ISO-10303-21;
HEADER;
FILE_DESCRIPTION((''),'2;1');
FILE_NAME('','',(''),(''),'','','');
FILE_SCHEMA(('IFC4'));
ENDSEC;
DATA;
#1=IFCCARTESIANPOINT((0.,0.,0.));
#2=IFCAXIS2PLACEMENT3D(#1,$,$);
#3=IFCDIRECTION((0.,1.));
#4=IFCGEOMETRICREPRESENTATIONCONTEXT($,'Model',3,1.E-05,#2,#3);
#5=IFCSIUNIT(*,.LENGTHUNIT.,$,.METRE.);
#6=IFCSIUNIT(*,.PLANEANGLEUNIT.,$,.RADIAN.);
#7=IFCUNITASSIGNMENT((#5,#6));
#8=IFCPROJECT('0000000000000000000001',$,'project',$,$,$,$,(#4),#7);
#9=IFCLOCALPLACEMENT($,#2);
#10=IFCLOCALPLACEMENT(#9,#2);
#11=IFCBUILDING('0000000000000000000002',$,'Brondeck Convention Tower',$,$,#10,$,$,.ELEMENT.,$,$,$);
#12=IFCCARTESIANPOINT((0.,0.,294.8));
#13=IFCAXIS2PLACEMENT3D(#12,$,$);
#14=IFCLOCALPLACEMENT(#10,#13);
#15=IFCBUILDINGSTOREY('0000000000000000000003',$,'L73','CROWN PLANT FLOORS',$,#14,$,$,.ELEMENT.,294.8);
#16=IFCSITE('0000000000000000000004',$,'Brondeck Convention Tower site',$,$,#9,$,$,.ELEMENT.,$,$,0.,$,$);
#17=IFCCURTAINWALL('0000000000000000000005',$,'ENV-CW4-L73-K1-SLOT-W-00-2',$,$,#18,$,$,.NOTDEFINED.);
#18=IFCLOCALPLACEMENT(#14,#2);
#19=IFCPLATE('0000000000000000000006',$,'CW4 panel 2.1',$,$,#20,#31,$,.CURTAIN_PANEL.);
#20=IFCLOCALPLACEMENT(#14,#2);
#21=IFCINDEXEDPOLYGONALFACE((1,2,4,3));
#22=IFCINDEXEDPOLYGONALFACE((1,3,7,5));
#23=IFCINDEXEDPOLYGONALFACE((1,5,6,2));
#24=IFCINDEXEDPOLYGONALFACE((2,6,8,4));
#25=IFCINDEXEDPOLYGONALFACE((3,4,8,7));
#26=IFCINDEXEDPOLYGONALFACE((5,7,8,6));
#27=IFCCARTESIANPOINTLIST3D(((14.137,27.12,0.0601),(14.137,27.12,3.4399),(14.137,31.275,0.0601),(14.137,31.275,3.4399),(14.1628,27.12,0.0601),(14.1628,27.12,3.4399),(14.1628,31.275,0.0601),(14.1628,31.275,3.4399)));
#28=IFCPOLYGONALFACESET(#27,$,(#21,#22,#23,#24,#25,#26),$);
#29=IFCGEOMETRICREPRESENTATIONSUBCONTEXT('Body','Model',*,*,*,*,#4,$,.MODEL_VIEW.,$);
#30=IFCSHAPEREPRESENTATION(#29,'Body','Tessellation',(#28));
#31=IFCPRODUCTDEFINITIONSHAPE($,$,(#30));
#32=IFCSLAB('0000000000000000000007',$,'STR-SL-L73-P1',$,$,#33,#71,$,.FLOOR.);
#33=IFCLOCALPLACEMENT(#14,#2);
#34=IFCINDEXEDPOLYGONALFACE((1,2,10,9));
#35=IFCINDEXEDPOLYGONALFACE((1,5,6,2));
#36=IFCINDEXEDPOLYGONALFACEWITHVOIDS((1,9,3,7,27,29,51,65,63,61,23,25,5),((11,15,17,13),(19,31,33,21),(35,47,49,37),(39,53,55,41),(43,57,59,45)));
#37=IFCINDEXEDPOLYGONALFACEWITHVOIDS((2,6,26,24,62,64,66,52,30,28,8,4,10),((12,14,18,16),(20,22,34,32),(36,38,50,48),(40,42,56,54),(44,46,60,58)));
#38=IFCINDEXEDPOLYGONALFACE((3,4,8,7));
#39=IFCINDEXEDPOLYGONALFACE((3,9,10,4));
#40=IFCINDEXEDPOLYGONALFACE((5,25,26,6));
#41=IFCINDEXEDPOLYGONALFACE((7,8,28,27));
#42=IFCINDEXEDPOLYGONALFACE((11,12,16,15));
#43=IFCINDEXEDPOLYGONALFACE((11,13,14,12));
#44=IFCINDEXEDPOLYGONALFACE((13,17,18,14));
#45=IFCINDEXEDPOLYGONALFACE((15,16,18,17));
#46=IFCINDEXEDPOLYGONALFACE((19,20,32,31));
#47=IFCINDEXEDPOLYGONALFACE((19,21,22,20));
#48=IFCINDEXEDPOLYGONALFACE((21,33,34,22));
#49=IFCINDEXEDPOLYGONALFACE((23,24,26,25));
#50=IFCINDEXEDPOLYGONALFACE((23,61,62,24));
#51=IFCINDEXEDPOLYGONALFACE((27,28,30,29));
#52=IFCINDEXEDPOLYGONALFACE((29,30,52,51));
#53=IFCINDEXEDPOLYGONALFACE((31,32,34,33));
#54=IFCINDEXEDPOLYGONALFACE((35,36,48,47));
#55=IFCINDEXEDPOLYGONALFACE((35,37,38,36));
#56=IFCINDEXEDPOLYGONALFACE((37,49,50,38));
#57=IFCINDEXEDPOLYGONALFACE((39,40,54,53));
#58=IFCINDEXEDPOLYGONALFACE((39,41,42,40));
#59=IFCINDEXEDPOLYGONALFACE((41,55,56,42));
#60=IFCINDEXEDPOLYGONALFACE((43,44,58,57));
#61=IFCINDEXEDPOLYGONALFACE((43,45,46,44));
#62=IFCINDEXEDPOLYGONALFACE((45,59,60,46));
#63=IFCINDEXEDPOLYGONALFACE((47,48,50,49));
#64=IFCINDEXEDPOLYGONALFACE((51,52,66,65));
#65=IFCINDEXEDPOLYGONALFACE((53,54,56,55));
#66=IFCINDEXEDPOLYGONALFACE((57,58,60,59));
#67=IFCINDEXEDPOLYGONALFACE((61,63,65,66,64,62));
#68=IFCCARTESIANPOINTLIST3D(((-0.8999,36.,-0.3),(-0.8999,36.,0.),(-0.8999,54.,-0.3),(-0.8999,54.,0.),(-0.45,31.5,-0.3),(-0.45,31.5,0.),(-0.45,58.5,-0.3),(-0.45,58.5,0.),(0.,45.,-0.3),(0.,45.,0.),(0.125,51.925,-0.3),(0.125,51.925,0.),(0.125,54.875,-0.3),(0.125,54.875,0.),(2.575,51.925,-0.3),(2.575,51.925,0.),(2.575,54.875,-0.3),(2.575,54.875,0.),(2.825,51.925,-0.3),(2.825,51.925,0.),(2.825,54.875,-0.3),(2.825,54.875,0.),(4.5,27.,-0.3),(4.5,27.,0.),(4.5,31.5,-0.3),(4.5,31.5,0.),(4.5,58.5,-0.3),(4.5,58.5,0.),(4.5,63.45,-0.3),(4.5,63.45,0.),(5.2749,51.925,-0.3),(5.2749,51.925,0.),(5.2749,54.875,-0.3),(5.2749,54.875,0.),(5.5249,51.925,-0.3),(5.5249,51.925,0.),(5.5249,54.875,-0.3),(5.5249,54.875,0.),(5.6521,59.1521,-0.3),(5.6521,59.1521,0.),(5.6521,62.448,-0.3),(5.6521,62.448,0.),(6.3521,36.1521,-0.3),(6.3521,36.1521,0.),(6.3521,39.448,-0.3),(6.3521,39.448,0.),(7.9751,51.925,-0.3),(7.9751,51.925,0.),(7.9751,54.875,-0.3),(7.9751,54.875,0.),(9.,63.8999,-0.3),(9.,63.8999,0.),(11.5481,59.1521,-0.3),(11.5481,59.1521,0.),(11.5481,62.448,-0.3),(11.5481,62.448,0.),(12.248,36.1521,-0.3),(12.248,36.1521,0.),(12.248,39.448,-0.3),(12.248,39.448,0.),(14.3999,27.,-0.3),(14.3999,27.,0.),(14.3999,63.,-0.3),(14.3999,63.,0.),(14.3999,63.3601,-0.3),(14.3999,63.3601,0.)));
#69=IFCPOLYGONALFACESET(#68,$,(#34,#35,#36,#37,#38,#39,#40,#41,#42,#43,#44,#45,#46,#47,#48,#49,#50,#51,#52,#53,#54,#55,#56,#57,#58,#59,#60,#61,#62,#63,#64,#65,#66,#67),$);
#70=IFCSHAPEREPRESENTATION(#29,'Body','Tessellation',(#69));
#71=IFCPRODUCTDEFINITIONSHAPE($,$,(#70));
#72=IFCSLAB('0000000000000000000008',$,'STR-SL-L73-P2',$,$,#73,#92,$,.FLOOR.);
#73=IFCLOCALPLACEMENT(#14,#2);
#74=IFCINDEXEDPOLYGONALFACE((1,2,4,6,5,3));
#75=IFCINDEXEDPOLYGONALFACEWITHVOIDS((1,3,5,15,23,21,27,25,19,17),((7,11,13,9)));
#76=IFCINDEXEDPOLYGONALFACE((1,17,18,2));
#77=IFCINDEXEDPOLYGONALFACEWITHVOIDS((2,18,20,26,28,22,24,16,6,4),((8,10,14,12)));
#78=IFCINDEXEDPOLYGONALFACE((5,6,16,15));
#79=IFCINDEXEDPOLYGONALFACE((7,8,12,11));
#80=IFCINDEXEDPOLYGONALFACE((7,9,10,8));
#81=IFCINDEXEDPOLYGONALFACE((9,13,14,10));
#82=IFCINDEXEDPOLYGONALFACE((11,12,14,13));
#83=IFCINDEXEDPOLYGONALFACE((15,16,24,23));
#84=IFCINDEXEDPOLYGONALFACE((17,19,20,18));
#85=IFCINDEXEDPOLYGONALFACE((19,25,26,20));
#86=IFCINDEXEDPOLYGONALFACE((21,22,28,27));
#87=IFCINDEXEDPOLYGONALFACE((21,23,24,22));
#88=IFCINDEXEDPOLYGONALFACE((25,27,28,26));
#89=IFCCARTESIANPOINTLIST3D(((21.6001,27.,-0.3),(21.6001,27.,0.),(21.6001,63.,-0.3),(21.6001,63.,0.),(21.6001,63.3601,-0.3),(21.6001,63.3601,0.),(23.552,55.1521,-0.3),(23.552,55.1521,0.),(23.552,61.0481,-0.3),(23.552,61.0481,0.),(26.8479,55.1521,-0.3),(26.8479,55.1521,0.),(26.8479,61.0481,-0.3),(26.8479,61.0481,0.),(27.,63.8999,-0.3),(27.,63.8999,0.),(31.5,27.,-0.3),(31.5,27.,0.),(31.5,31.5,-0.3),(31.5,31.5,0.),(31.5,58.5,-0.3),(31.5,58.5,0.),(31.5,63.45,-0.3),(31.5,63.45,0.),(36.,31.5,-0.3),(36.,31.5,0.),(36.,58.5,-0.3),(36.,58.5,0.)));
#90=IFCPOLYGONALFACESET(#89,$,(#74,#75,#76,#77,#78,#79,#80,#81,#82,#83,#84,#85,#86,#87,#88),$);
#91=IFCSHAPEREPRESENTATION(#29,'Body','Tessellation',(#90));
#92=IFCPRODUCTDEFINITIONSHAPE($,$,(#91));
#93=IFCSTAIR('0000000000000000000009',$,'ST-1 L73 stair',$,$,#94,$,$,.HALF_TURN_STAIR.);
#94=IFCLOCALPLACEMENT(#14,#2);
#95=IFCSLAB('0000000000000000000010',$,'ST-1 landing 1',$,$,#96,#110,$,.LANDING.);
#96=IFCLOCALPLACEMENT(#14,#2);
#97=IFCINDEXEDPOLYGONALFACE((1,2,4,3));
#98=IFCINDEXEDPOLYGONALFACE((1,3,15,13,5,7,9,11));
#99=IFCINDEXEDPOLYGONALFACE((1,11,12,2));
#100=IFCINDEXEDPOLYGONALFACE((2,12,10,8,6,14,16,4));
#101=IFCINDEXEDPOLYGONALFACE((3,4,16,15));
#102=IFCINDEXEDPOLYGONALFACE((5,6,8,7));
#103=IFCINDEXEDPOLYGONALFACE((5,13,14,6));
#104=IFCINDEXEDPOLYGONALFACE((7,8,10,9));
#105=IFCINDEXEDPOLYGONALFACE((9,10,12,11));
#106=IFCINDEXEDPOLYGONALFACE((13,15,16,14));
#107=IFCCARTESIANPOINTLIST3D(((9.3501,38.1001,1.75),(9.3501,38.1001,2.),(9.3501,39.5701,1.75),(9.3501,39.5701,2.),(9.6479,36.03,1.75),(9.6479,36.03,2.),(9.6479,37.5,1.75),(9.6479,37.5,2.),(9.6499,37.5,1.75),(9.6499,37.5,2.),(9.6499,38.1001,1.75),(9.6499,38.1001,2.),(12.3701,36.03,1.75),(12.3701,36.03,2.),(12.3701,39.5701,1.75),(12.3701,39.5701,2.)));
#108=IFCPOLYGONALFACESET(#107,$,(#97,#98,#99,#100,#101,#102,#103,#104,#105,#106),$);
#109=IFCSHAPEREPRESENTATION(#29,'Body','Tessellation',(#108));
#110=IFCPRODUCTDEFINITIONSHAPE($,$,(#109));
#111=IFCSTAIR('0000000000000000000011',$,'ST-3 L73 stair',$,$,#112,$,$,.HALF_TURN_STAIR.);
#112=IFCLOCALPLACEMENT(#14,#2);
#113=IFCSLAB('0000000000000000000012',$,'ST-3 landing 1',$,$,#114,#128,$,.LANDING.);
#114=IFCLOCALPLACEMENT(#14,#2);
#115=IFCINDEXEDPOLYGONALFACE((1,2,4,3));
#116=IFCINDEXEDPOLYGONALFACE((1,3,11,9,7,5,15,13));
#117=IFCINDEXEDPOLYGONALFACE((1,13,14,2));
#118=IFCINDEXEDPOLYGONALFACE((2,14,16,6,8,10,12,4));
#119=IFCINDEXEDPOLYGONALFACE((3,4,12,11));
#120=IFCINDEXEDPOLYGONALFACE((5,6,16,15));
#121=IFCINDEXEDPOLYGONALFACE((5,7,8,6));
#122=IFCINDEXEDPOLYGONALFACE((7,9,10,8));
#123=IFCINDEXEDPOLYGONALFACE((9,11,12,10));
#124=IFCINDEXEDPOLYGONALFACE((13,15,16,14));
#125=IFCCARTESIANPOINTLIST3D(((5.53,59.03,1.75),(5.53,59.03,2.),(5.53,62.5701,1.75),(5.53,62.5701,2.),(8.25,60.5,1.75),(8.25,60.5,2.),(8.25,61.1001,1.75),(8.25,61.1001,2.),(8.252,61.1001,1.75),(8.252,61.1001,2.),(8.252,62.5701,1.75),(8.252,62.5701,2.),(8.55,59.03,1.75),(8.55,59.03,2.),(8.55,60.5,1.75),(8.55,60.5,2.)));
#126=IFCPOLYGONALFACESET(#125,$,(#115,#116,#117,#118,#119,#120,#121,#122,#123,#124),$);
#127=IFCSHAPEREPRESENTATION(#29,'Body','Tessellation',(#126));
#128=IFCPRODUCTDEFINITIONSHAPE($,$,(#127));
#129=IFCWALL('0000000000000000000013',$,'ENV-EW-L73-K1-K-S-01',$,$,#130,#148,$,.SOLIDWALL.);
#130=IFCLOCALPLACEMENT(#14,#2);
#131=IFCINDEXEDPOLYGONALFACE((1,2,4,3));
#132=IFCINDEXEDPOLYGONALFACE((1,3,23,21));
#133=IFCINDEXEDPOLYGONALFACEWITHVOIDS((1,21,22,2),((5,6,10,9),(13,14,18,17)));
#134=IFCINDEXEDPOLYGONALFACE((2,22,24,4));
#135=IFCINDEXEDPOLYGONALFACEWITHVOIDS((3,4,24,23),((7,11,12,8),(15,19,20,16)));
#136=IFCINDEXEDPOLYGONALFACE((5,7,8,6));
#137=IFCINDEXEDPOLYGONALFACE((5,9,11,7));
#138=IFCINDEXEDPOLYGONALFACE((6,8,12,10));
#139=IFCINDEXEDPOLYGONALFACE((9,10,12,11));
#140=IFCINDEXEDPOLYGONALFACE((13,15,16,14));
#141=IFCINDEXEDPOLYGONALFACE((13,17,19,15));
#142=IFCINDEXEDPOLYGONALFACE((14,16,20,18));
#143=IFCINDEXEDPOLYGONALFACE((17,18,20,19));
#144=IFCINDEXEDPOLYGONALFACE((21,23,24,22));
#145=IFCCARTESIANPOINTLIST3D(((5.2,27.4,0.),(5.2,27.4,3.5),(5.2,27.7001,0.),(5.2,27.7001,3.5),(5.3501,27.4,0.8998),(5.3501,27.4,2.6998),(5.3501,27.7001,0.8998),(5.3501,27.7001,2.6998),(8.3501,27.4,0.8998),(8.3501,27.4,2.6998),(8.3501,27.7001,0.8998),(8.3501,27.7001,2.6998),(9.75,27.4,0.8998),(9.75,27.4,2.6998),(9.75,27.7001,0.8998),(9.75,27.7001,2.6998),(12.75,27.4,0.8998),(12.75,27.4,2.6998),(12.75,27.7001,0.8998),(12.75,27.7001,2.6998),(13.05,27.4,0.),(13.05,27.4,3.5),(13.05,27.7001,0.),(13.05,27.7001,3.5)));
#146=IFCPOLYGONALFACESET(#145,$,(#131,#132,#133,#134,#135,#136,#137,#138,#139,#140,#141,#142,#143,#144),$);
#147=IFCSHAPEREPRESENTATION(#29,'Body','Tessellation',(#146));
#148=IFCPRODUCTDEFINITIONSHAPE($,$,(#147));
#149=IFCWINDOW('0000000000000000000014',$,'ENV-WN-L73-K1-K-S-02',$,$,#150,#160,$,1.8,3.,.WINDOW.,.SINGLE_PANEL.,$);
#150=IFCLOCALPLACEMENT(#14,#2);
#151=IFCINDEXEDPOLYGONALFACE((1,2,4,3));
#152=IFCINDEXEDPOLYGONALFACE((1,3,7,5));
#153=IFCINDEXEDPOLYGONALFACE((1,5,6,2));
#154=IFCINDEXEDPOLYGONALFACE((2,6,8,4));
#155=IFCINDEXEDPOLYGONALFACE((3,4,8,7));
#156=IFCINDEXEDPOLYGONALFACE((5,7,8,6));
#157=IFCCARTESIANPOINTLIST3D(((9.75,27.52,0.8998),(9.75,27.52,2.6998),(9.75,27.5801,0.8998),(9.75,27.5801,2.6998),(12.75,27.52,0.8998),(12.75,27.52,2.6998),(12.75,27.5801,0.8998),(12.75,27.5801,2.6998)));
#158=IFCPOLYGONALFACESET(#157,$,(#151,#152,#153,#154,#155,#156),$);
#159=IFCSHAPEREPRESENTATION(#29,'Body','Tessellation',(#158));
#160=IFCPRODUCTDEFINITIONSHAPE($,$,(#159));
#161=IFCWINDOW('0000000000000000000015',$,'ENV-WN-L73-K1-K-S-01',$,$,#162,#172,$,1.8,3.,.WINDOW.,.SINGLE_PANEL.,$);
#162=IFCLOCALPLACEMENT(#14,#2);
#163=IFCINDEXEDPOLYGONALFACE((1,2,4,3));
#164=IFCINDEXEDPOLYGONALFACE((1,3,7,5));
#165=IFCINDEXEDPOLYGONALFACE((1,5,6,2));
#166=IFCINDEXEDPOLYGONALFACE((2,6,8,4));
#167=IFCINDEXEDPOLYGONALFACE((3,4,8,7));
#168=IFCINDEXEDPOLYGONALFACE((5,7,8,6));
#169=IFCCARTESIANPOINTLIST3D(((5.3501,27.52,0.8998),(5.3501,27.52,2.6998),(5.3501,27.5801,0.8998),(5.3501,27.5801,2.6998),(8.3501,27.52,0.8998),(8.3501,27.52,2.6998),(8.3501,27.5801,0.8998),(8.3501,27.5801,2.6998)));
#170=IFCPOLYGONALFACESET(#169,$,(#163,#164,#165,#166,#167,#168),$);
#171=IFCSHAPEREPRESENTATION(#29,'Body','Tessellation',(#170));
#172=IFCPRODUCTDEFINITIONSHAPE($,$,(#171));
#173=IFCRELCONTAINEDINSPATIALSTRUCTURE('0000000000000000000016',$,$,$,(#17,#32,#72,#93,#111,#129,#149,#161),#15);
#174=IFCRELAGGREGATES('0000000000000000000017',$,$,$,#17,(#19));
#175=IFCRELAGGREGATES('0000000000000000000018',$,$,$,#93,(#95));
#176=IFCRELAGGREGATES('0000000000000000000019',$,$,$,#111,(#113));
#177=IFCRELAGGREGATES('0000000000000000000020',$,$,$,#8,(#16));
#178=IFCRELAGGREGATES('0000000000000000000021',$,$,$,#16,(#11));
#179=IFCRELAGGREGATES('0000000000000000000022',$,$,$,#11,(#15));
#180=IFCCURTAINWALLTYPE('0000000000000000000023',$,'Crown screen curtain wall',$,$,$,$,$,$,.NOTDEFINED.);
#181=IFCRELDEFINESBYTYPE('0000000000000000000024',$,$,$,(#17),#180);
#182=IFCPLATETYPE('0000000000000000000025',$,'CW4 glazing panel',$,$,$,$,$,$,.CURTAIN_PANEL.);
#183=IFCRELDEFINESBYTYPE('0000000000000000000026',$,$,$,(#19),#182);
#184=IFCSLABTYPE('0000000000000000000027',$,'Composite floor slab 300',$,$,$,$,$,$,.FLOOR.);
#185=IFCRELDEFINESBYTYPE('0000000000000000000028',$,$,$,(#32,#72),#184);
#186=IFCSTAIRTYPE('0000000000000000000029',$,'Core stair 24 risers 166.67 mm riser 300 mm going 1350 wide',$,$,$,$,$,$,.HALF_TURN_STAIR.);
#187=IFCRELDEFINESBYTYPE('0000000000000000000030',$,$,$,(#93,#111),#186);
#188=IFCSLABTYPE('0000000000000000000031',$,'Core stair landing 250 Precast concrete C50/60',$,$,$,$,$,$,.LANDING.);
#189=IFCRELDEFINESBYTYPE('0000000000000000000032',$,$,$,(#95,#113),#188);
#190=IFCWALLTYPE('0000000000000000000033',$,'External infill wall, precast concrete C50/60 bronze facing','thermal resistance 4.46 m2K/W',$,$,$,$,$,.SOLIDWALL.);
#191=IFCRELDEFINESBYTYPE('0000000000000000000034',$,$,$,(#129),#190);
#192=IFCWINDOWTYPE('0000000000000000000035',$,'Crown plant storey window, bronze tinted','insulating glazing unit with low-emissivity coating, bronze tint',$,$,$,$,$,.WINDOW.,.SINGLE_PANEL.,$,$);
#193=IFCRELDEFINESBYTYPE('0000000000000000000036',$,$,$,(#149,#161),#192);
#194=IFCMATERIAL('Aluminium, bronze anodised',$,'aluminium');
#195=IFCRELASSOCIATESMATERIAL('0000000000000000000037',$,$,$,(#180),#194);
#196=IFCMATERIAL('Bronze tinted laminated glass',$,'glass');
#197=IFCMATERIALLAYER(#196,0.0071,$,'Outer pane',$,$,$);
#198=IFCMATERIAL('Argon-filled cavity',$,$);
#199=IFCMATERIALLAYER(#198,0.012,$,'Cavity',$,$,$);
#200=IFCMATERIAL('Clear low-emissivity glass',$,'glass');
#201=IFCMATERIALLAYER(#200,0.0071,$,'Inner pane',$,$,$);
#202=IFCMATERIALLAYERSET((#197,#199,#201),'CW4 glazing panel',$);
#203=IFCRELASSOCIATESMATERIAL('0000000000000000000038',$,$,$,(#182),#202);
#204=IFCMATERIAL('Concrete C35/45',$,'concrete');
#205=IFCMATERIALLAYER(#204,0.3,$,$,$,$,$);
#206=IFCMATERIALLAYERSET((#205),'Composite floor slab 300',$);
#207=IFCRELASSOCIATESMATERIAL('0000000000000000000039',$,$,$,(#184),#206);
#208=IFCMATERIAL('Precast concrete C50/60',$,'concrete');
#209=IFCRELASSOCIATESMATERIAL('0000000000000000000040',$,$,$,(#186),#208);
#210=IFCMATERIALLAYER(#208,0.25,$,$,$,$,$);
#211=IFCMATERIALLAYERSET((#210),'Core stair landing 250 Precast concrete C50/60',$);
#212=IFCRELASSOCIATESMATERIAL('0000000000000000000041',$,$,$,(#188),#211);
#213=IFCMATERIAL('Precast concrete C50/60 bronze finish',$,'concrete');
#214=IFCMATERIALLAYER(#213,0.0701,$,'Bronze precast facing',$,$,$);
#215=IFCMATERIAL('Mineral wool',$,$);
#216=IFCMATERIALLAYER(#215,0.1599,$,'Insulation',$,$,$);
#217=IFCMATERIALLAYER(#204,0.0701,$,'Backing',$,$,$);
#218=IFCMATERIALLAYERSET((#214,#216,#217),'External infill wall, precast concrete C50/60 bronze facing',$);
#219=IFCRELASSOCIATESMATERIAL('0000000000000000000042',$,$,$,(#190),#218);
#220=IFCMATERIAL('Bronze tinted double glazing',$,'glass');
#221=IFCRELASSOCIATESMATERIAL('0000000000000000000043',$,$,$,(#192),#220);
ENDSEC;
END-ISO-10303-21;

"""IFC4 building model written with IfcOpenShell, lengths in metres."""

from ifc_helpers import new_model, si_unit, direction, frame, frame_2d, origin, origin_2d, place, context, subcontext, project, spatial, polyline, rectangle, outline, extrude, material, layer, layer_set, type_object, element, fill, aggregate, save


model = new_model("IFC4")

# Units and contexts
model_context = context("Model", 3, precision=1e-05, world=origin(), true_north=direction((0.0, 1.0)))
body_context = subcontext(model_context, "Body", "Model", "MODEL_VIEW")
ifc_project = project(units=[si_unit("LENGTHUNIT", "METRE"), si_unit("PLANEANGLEUNIT", "RADIAN")], contexts=[model_context])

# Site, building, storey
site_placement = place(None, origin())
site = spatial("IfcSite", under=ifc_project, at=site_placement, Name="Brondeck Convention Tower site", CompositionType="ELEMENT", RefElevation=0.0)
building_placement = place(site_placement, origin())
building = spatial("IfcBuilding", under=site, at=building_placement, Name="Brondeck Convention Tower", CompositionType="ELEMENT")
storey_placement = place(building_placement, frame((0.0, 0.0, 294.8)))
storey = spatial("IfcBuildingStorey", under=building, at=storey_placement, Name="L73", Description="CROWN PLANT FLOORS", CompositionType="ELEMENT", Elevation=294.8)

# Curtain wall
ifc_material_1 = material(Name="Aluminium, bronze anodised", Category="aluminium")
curtain_wall_type = type_object("IfcCurtainWallType", Name="Crown screen curtain wall", PredefinedType="NOTDEFINED", material=ifc_material_1)
curtain_wall_1_placement = place(storey_placement, origin())
curtain_wall_1 = element("IfcCurtainWall", 1, at=curtain_wall_1_placement, inside=storey, type_object=curtain_wall_type, Name="ENV-CW4-L73-K1-SLOT-W-00-2", PredefinedType="NOTDEFINED")

# Plate
ifc_material_2 = material(Name="Bronze tinted laminated glass", Category="glass")
ifc_layer_1 = layer(ifc_material_2, 0.0071, Name="Outer pane")
ifc_material_3 = material(Name="Argon-filled cavity")
ifc_layer_2 = layer(ifc_material_3, 0.012, Name="Cavity")
ifc_material_4 = material(Name="Clear low-emissivity glass", Category="glass")
ifc_layer_3 = layer(ifc_material_4, 0.0071, Name="Inner pane")
ifc_layer_set_1 = layer_set([ifc_layer_1, ifc_layer_2, ifc_layer_3], Name="CW4 glazing panel")
plate_type = type_object("IfcPlateType", Name="CW4 glazing panel", PredefinedType="CURTAIN_PANEL", material=ifc_layer_set_1)
plate_1_placement = place(storey_placement, frame((14.1499, 29.1975, 0.0601), z_axis=(0.0, 0.0, 1.0), x_axis=(0.0, -1.0, 0.0)))
plate_1 = element("IfcPlate", 2, at=plate_1_placement, type_object=plate_type, Name="CW4 panel 2.1", PredefinedType="CURTAIN_PANEL", context=body_context, shape_type="SweptSolid", body=[
    extrude(rectangle(XDim=4.155, YDim=0.0259, at=origin_2d()), origin(), (0.0, 0.0, 1.0), 3.3799),
])
aggregate(curtain_wall_1, [plate_1])

# Slabs
ifc_material_5 = material(Name="Concrete C35/45", Category="concrete")
ifc_layer_4 = layer(ifc_material_5, 0.3)
ifc_layer_set_2 = layer_set([ifc_layer_4], Name="Composite floor slab 300")
slab_type_1 = type_object("IfcSlabType", Name="Composite floor slab 300", PredefinedType="FLOOR", material=ifc_layer_set_2)
slab_1_placement = place(storey_placement, frame((0.0, 0.0, -0.3)))
element("IfcSlab", 3, at=slab_1_placement, inside=storey, type_object=slab_type_1, Name="STR-SL-L73-P1", PredefinedType="FLOOR", context=body_context, shape_type="SweptSolid", body=[
    extrude(outline(polyline([(4.5, 31.5), (-0.45, 31.5), (-0.8999, 36.0), (0.0, 45.0), (-0.8999, 54.0), (-0.45, 58.5), (4.5, 58.5), (4.5, 63.45), (9.0, 63.8999), (14.3999, 63.3601), (14.3999, 63.0), (14.3999, 27.0), (4.5, 27.0), (4.5, 31.5)]), holes=[polyline([(6.3521, 39.448), (6.3521, 36.1521), (12.248, 36.1521), (12.248, 39.448), (6.3521, 39.448)]), polyline([(2.575, 54.875), (0.125, 54.875), (0.125, 51.925), (2.575, 51.925), (2.575, 54.875)]), polyline([(5.2749, 54.875), (2.825, 54.875), (2.825, 51.925), (5.2749, 51.925), (5.2749, 54.875)]), polyline([(5.5249, 54.875), (5.5249, 51.925), (7.9751, 51.925), (7.9751, 54.875), (5.5249, 54.875)]), polyline([(5.6521, 59.1521), (11.5481, 59.1521), (11.5481, 62.448), (5.6521, 62.448), (5.6521, 59.1521)])]), origin(), (0.0, 0.0, 1.0), 0.3),
])
slab_2_placement = place(storey_placement, frame((0.0, 0.0, -0.3)))
element("IfcSlab", 4, at=slab_2_placement, inside=storey, type_object=slab_type_1, Name="STR-SL-L73-P2", PredefinedType="FLOOR", context=body_context, shape_type="SweptSolid", body=[
    extrude(outline(polyline([(21.6001, 63.0), (21.6001, 63.3601), (27.0, 63.8999), (31.5, 63.45), (31.5, 58.5), (36.0, 58.5), (36.0, 31.5), (31.5, 31.5), (31.5, 27.0), (21.6001, 27.0), (21.6001, 63.0)]), holes=[polyline([(26.8479, 55.1521), (26.8479, 61.0481), (23.552, 61.0481), (23.552, 55.1521), (26.8479, 55.1521)])]), origin(), (0.0, 0.0, 1.0), 0.3),
])

# Stairs, slabs
ifc_material_6 = material(Name="Precast concrete C50/60", Category="concrete")
stair_type = type_object("IfcStairType", Name="Core stair 24 risers 166.67 mm riser 300 mm going 1350 wide", PredefinedType="HALF_TURN_STAIR", material=ifc_material_6)
stair_1_placement = place(storey_placement, origin())
stair_1 = element("IfcStair", 5, at=stair_1_placement, inside=storey, type_object=stair_type, Name="ST-1 L73 stair", PredefinedType="HALF_TURN_STAIR")
ifc_layer_5 = layer(ifc_material_6, 0.25)
ifc_layer_set_3 = layer_set([ifc_layer_5], Name="Core stair landing 250 Precast concrete C50/60")
slab_type_2 = type_object("IfcSlabType", Name="Core stair landing 250 Precast concrete C50/60", PredefinedType="LANDING", material=ifc_layer_set_3)
slab_3_placement = place(storey_placement, frame((0.0, 0.0, 1.75)))
slab_3 = element("IfcSlab", 6, at=slab_3_placement, type_object=slab_type_2, Name="ST-1 landing 1", PredefinedType="LANDING", context=body_context, shape_type="SweptSolid", body=[
    extrude(outline(polyline([(9.6479, 37.5), (9.6499, 37.5), (9.6499, 38.1001), (9.3501, 38.1001), (9.3501, 39.5701), (12.3701, 39.5701), (12.3701, 36.03), (9.6479, 36.03), (9.6479, 37.5)])), origin(), (0.0, 0.0, 1.0), 0.25),
])
aggregate(stair_1, [slab_3])
stair_2_placement = place(storey_placement, origin())
stair_2 = element("IfcStair", 7, at=stair_2_placement, inside=storey, type_object=stair_type, Name="ST-3 L73 stair", PredefinedType="HALF_TURN_STAIR")
slab_4_placement = place(storey_placement, frame((0.0, 0.0, 1.75)))
slab_4 = element("IfcSlab", 8, at=slab_4_placement, type_object=slab_type_2, Name="ST-3 landing 1", PredefinedType="LANDING", context=body_context, shape_type="SweptSolid", body=[
    extrude(outline(polyline([(8.55, 60.5), (8.55, 59.03), (5.53, 59.03), (5.53, 62.5701), (8.252, 62.5701), (8.252, 61.1001), (8.25, 61.1001), (8.25, 60.5), (8.55, 60.5)])), origin(), (0.0, 0.0, 1.0), 0.25),
])
aggregate(stair_2, [slab_4])

# Wall, openings, windows
ifc_material_7 = material(Name="Precast concrete C50/60 bronze finish", Category="concrete")
ifc_layer_6 = layer(ifc_material_7, 0.0701, Name="Bronze precast facing")
ifc_material_8 = material(Name="Mineral wool")
ifc_layer_7 = layer(ifc_material_8, 0.1599, Name="Insulation")
ifc_layer_8 = layer(ifc_material_5, 0.0701, Name="Backing")
ifc_layer_set_4 = layer_set([ifc_layer_6, ifc_layer_7, ifc_layer_8], Name="External infill wall, precast concrete C50/60 bronze facing")
wall_type_1 = type_object("IfcWallType", Name="External infill wall, precast concrete C50/60 bronze facing", Description="thermal resistance 4.46 m2K/W", PredefinedType="SOLIDWALL", material=ifc_layer_set_4)
wall_1_placement = place(storey_placement, frame((13.05, 27.55, 0.0), z_axis=(0.0, 0.0, 1.0), x_axis=(-1.0, 0.0, 0.0)))
wall_1 = element("IfcWall", 9, at=wall_1_placement, inside=storey, type_object=wall_type_1, Name="ENV-EW-L73-K1-K-S-01", PredefinedType="SOLIDWALL", context=body_context, shape_type="SweptSolid", body=[
    extrude(rectangle(XDim=7.8501, YDim=0.3, at=frame_2d((3.925, 0.0))), origin(), (0.0, 0.0, 1.0), 3.5),
])
opening_1_placement = place(wall_1_placement, frame((0.3, 0.0, 0.8999)))
opening_1 = element("IfcOpeningElement", 10, at=opening_1_placement, cuts=wall_1, PredefinedType="OPENING", context=body_context, shape_type="SweptSolid", body=[
    extrude(rectangle(XDim=3.0, YDim=1.8, at=frame_2d((1.5, 0.8999))), frame((0.0, 0.1599, 0.0), z_axis=(0.0, -1.0, 0.0), x_axis=(1.0, 0.0, 0.0)), (0.0, 0.0, 1.0), 0.3201),
])
opening_2_placement = place(wall_1_placement, frame((4.7, 0.0, 0.8999)))
opening_2 = element("IfcOpeningElement", 11, at=opening_2_placement, cuts=wall_1, PredefinedType="OPENING", context=body_context, shape_type="SweptSolid", body=[
    extrude(rectangle(XDim=3.0, YDim=1.8, at=frame_2d((1.5, 0.8999))), frame((0.0, 0.1599, 0.0), z_axis=(0.0, -1.0, 0.0), x_axis=(1.0, 0.0, 0.0)), (0.0, 0.0, 1.0), 0.3201),
])
ifc_material_9 = material(Name="Bronze tinted double glazing", Category="glass")
window_type = type_object("IfcWindowType", Name="Crown plant storey window, bronze tinted", Description="insulating glazing unit with low-emissivity coating, bronze tint", PartitioningType="SINGLE_PANEL", PredefinedType="WINDOW", material=ifc_material_9)
window_1_placement = place(opening_1_placement, origin())
window_1 = element("IfcWindow", 12, at=window_1_placement, inside=storey, type_object=window_type, Name="ENV-WN-L73-K1-K-S-02", OverallHeight=1.8, OverallWidth=3.0, PartitioningType="SINGLE_PANEL", PredefinedType="WINDOW", context=body_context, shape_type="SweptSolid", body=[
    extrude(rectangle(XDim=3.0, YDim=1.8, at=frame_2d((1.5, 0.8999))), frame((0.0, 0.03, 0.0), z_axis=(0.0, -1.0, 0.0), x_axis=(1.0, 0.0, 0.0)), (0.0, 0.0, 1.0), 0.0601),
])
fill(opening_1, window_1)
window_2_placement = place(opening_2_placement, origin())
window_2 = element("IfcWindow", 13, at=window_2_placement, inside=storey, type_object=window_type, Name="ENV-WN-L73-K1-K-S-01", OverallHeight=1.8, OverallWidth=3.0, PartitioningType="SINGLE_PANEL", PredefinedType="WINDOW", context=body_context, shape_type="SweptSolid", body=[
    extrude(rectangle(XDim=3.0, YDim=1.8, at=frame_2d((1.5, 0.8999))), frame((0.0, 0.03, 0.0), z_axis=(0.0, -1.0, 0.0), x_axis=(1.0, 0.0, 0.0)), (0.0, 0.0, 1.0), 0.0601),
])
fill(opening_2, window_2)

save(model, "model.ifc")
